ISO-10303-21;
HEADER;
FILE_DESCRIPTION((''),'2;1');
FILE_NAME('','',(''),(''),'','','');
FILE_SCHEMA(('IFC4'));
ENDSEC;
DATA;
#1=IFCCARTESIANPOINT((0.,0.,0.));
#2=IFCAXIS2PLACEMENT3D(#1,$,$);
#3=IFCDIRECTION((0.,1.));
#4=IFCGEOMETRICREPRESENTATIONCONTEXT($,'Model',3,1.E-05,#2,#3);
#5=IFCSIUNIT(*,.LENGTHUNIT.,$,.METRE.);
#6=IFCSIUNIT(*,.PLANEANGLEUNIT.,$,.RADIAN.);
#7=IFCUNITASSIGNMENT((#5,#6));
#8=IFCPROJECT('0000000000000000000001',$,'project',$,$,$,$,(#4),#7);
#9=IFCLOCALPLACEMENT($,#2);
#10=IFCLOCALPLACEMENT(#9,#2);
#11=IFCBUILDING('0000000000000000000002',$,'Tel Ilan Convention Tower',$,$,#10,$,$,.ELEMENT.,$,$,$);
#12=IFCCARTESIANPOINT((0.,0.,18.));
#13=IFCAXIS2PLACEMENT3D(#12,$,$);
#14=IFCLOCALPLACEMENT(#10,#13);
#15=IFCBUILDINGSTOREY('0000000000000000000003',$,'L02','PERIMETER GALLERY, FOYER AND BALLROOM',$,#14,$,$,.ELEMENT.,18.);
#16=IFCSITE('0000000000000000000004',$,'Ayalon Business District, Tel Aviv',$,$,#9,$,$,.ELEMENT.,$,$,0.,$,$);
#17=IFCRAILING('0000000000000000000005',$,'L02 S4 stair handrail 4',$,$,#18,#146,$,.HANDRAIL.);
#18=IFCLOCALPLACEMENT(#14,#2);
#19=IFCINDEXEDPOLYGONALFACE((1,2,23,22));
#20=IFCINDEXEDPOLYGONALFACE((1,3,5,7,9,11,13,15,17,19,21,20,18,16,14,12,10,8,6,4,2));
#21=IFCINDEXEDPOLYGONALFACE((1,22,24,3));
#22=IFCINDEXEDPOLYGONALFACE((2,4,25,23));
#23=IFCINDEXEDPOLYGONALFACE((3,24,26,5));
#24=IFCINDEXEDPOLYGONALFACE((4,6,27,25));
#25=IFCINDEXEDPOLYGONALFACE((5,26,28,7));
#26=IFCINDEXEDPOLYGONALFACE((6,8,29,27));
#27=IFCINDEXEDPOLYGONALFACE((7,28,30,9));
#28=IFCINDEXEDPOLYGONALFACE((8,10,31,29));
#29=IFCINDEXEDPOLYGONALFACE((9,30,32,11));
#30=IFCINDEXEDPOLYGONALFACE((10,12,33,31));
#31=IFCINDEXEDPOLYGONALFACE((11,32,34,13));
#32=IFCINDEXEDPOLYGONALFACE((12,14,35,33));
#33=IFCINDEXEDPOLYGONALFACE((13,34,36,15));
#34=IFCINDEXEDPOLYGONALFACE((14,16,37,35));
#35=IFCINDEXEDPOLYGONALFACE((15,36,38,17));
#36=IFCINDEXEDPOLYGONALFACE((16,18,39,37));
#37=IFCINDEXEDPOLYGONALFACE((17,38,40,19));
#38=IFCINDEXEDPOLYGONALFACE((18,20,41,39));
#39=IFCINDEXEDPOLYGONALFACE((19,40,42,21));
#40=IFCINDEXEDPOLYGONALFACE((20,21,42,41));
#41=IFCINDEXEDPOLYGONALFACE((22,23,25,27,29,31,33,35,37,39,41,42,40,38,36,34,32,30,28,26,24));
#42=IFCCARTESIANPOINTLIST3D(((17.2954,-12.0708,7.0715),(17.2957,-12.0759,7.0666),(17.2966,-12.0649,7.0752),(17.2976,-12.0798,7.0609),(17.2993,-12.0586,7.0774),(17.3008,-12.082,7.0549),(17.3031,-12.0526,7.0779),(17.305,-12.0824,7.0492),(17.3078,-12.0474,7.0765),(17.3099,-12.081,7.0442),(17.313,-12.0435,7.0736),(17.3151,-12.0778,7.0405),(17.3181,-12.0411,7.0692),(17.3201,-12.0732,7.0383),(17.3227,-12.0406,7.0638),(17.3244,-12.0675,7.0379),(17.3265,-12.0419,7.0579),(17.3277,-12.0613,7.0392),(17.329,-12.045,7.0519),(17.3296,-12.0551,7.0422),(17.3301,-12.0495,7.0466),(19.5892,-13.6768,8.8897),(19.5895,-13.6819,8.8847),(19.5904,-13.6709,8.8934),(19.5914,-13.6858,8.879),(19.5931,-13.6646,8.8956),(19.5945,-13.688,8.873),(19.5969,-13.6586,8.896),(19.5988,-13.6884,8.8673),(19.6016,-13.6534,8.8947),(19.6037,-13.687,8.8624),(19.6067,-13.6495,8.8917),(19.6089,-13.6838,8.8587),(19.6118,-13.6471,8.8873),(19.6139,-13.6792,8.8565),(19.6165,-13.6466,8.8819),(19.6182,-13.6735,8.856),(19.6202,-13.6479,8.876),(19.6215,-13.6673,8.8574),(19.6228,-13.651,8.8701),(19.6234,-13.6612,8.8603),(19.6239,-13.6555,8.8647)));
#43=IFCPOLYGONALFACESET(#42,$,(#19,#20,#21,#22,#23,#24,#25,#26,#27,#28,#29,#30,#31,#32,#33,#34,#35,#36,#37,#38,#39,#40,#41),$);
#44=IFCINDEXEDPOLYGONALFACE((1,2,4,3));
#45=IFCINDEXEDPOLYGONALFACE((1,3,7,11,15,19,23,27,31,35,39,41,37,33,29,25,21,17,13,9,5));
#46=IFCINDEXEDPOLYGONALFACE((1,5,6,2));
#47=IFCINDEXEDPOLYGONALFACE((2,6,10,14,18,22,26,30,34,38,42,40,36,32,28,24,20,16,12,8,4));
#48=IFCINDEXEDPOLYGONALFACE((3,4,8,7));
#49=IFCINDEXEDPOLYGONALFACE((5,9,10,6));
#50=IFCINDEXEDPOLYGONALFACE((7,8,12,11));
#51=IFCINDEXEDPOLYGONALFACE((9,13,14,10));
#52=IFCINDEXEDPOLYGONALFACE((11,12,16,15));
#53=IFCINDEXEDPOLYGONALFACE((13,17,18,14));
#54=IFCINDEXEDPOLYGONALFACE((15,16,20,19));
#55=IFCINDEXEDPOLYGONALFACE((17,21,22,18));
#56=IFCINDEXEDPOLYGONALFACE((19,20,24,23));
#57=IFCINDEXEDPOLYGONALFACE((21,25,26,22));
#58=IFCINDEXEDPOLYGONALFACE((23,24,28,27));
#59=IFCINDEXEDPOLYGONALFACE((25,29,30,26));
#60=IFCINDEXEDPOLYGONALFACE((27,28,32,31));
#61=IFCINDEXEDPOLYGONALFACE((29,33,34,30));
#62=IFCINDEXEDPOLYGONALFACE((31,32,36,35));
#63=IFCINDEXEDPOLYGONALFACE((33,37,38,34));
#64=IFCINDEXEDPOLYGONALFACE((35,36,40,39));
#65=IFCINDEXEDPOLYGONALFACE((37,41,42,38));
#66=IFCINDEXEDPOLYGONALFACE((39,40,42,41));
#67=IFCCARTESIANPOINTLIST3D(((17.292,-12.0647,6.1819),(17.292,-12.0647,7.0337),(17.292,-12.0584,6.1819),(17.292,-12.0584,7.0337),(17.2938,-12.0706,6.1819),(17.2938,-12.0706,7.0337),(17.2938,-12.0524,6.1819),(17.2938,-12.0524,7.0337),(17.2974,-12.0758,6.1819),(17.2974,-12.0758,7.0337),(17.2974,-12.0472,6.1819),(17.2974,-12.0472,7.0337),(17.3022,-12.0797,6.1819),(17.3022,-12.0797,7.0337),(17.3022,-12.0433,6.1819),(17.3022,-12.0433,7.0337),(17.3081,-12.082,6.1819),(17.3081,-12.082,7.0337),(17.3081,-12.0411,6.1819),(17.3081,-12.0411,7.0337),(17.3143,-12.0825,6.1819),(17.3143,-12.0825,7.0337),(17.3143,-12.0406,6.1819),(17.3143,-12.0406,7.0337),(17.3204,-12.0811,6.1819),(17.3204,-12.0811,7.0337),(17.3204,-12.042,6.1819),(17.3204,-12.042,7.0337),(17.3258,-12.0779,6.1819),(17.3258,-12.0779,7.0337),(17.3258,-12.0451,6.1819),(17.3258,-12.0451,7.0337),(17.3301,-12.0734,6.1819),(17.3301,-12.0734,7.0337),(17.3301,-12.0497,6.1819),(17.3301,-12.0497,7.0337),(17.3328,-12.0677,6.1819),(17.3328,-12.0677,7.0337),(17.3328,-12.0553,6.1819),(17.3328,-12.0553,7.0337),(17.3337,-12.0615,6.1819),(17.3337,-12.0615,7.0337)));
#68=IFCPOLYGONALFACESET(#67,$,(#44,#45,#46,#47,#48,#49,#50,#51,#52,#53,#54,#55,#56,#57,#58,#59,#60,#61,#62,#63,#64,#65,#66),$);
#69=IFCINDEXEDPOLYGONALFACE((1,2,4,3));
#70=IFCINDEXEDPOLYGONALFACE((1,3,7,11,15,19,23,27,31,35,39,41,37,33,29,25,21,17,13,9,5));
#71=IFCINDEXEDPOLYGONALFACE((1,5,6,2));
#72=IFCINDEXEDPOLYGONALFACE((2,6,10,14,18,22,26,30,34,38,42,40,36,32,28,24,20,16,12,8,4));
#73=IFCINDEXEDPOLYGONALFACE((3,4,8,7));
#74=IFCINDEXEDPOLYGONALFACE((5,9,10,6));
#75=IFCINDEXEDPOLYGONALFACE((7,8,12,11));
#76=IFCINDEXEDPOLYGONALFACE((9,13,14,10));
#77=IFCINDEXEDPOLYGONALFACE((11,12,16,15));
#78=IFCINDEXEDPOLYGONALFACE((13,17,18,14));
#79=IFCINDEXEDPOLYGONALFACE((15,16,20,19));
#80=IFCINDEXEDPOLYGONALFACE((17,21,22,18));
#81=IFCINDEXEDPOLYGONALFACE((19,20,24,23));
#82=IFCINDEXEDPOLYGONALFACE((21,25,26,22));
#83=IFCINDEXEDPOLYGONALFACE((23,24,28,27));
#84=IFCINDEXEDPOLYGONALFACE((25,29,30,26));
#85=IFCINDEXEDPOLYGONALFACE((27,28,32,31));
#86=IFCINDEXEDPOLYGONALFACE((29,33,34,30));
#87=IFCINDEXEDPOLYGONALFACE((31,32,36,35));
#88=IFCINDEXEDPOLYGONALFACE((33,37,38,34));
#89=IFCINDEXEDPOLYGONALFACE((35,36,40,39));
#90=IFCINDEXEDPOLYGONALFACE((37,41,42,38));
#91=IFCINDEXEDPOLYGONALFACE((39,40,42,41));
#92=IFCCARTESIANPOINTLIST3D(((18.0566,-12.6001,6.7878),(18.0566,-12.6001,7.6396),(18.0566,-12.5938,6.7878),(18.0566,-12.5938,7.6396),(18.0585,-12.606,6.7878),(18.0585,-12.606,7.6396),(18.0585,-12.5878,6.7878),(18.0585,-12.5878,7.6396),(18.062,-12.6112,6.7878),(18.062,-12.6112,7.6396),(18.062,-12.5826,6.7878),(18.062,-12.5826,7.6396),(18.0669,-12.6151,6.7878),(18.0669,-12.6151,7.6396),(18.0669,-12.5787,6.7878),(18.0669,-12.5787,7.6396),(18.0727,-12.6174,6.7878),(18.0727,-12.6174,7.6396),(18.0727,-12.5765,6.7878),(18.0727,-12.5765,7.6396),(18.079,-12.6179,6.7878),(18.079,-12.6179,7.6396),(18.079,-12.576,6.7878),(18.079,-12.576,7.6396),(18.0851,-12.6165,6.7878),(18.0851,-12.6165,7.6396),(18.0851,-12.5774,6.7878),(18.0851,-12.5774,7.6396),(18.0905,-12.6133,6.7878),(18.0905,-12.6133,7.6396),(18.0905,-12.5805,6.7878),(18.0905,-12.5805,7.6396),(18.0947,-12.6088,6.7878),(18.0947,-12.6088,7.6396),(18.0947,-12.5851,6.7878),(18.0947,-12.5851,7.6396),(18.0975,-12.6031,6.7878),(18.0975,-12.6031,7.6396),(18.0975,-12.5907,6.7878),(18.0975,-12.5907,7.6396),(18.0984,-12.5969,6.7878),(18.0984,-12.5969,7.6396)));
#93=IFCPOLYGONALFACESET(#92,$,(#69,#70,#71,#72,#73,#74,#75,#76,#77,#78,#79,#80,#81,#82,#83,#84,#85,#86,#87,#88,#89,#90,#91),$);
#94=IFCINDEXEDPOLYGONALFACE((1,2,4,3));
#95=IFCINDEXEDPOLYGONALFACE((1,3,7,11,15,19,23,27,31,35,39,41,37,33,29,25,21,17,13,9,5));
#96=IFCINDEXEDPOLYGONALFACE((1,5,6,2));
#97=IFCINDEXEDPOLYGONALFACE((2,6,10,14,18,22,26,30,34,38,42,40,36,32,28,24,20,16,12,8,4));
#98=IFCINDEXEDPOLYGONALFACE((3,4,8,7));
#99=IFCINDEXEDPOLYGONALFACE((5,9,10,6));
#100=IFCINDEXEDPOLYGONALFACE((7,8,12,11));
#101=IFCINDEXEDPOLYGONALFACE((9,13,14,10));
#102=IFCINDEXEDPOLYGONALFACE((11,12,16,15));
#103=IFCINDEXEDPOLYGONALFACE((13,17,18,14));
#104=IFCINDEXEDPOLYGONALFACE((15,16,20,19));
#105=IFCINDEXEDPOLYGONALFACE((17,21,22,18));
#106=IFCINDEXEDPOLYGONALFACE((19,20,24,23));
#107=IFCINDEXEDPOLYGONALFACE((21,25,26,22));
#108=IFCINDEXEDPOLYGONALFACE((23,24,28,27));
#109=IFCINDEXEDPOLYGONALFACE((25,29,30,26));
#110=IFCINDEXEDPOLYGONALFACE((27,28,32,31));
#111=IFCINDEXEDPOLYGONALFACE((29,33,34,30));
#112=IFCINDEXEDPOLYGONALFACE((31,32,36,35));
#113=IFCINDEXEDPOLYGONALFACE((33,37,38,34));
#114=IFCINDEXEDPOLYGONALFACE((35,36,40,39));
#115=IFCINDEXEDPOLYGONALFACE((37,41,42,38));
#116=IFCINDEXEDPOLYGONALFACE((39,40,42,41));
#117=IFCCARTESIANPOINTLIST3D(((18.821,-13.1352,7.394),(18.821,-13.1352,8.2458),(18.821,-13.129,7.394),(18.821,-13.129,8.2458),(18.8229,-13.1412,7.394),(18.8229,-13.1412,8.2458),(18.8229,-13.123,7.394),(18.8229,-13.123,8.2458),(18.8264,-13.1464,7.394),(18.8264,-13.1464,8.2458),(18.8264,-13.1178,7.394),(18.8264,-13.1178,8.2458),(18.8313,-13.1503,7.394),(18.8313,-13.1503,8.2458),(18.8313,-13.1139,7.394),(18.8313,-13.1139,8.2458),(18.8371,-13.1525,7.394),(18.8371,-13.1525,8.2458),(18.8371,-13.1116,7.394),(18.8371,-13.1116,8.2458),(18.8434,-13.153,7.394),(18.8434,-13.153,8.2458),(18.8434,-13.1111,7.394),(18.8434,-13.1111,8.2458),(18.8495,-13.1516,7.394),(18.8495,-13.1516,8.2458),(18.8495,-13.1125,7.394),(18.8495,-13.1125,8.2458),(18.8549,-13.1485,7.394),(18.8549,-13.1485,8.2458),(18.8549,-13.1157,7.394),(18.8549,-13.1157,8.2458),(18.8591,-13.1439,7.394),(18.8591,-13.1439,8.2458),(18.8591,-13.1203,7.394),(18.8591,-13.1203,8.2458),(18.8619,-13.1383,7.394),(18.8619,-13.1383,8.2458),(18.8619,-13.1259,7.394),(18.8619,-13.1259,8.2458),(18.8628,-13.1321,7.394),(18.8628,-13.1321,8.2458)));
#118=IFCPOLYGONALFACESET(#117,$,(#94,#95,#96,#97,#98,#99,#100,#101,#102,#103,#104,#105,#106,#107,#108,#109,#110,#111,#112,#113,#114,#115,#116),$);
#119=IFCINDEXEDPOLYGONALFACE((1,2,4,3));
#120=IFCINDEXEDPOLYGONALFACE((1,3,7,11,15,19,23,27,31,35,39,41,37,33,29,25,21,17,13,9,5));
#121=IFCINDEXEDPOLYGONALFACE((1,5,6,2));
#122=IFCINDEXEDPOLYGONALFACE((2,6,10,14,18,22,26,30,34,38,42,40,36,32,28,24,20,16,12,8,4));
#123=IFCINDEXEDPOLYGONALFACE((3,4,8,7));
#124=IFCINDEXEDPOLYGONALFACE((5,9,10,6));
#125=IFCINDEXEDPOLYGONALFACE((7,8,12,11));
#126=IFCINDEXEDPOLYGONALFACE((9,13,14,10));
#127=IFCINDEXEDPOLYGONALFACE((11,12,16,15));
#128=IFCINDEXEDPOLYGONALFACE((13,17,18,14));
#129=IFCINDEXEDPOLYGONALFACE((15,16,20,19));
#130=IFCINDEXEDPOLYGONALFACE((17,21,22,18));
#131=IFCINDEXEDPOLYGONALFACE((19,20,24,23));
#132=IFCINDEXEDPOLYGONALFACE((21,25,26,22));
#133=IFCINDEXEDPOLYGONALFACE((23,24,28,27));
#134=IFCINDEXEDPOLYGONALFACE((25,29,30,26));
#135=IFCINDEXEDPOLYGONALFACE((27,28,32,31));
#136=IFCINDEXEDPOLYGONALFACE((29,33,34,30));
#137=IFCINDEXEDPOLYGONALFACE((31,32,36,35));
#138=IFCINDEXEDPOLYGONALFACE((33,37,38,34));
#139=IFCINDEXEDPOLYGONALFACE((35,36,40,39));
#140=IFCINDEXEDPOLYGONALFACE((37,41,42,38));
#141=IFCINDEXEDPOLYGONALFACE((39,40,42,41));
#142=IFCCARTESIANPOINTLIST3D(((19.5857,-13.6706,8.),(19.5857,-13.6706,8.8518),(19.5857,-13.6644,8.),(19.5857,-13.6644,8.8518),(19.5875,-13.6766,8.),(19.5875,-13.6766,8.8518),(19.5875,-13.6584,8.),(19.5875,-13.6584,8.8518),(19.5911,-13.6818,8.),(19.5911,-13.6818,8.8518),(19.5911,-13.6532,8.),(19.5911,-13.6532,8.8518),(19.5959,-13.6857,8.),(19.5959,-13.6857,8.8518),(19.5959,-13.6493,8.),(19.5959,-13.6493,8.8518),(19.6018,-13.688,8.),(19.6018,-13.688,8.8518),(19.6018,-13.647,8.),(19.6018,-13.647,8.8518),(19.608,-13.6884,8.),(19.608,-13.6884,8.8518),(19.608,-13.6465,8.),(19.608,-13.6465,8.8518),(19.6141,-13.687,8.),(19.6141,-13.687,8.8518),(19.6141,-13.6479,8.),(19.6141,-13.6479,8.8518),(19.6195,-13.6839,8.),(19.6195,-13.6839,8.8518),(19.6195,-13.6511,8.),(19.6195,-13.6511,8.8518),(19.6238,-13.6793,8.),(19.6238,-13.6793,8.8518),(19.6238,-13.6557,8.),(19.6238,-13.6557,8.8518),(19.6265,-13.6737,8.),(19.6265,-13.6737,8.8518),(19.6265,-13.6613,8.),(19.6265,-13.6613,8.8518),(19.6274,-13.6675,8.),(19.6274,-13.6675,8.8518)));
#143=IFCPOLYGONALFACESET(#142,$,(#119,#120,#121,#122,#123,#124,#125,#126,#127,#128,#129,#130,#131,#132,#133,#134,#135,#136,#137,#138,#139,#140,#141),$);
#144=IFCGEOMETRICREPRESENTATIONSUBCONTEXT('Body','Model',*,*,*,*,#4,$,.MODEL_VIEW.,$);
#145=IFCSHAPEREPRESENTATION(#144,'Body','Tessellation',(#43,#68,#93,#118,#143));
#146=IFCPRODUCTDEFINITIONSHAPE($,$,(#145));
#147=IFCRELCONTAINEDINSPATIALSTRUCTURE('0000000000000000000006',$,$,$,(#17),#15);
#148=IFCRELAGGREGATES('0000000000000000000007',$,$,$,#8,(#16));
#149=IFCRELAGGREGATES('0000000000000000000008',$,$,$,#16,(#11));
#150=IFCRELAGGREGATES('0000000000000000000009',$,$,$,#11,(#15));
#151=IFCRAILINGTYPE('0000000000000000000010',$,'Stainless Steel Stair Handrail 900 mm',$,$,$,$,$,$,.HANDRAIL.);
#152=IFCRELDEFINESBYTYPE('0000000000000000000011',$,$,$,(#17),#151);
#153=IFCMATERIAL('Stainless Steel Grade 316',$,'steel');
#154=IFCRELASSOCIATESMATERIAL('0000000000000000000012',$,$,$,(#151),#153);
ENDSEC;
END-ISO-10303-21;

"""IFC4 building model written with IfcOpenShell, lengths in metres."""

from ifc_helpers import new_model, si_unit, direction, frame, origin, origin_2d, place, context, subcontext, project, spatial, circle, extrude, material, type_object, element, save


model = new_model("IFC4")

# Units and contexts
model_context = context("Model", 3, precision=1e-05, world=origin(), true_north=direction((0.0, 1.0)))
body_context = subcontext(model_context, "Body", "Model", "MODEL_VIEW")
ifc_project = project(units=[si_unit("LENGTHUNIT", "METRE"), si_unit("PLANEANGLEUNIT", "RADIAN")], contexts=[model_context])

# Site, building, storey
site_placement = place(None, origin())
site = spatial("IfcSite", under=ifc_project, at=site_placement, Name="Ayalon Business District, Tel Aviv", CompositionType="ELEMENT", RefElevation=0.0)
building_placement = place(site_placement, origin())
building = spatial("IfcBuilding", under=site, at=building_placement, Name="Tel Ilan Convention Tower", CompositionType="ELEMENT")
storey_placement = place(building_placement, frame((0.0, 0.0, 18.0)))
storey = spatial("IfcBuildingStorey", under=building, at=storey_placement, Name="L02", Description="PERIMETER GALLERY, FOYER AND BALLROOM", CompositionType="ELEMENT", Elevation=18.0)

# Railing
ifc_material_1 = material(Name="Stainless Steel Grade 316", Category="steel")
railing_type = type_object("IfcRailingType", Name="Stainless Steel Stair Handrail 900 mm", PredefinedType="HANDRAIL", material=ifc_material_1)
for number, where, name in (
    (1, (17.3127, -12.0615, 6.1819), "L02 S4 stair handrail 4"),
):
    element("IfcRailing", number, at=place(storey_placement, frame(where)), inside=storey, type_object=railing_type, Name=name, PredefinedType="HANDRAIL", context=body_context, shape_type="SweptSolid", body=[
        extrude(circle(Radius=0.0239, at=origin_2d()), frame((0.0, 0.0, 0.876), z_axis=(0.687042, -0.481039, 0.544587), x_axis=(0.57355, 0.81917, 0.0)), (0.0, 0.0, 1.0), 3.3386),
        extrude(circle(Radius=0.021, at=origin_2d()), origin(), (0.0, 0.0, 1.0), 0.8518),
        extrude(circle(Radius=0.021, at=origin_2d()), frame((0.7646, -0.5354, 0.606)), (0.0, 0.0, 1.0), 0.8518),
        extrude(circle(Radius=0.021, at=origin_2d()), frame((1.5291, -1.0706, 1.2122)), (0.0, 0.0, 1.0), 0.8518),
        extrude(circle(Radius=0.021, at=origin_2d()), frame((2.2937, -1.606, 1.8181)), (0.0, 0.0, 1.0), 0.8518),
    ])

save(model, "model.ifc")
